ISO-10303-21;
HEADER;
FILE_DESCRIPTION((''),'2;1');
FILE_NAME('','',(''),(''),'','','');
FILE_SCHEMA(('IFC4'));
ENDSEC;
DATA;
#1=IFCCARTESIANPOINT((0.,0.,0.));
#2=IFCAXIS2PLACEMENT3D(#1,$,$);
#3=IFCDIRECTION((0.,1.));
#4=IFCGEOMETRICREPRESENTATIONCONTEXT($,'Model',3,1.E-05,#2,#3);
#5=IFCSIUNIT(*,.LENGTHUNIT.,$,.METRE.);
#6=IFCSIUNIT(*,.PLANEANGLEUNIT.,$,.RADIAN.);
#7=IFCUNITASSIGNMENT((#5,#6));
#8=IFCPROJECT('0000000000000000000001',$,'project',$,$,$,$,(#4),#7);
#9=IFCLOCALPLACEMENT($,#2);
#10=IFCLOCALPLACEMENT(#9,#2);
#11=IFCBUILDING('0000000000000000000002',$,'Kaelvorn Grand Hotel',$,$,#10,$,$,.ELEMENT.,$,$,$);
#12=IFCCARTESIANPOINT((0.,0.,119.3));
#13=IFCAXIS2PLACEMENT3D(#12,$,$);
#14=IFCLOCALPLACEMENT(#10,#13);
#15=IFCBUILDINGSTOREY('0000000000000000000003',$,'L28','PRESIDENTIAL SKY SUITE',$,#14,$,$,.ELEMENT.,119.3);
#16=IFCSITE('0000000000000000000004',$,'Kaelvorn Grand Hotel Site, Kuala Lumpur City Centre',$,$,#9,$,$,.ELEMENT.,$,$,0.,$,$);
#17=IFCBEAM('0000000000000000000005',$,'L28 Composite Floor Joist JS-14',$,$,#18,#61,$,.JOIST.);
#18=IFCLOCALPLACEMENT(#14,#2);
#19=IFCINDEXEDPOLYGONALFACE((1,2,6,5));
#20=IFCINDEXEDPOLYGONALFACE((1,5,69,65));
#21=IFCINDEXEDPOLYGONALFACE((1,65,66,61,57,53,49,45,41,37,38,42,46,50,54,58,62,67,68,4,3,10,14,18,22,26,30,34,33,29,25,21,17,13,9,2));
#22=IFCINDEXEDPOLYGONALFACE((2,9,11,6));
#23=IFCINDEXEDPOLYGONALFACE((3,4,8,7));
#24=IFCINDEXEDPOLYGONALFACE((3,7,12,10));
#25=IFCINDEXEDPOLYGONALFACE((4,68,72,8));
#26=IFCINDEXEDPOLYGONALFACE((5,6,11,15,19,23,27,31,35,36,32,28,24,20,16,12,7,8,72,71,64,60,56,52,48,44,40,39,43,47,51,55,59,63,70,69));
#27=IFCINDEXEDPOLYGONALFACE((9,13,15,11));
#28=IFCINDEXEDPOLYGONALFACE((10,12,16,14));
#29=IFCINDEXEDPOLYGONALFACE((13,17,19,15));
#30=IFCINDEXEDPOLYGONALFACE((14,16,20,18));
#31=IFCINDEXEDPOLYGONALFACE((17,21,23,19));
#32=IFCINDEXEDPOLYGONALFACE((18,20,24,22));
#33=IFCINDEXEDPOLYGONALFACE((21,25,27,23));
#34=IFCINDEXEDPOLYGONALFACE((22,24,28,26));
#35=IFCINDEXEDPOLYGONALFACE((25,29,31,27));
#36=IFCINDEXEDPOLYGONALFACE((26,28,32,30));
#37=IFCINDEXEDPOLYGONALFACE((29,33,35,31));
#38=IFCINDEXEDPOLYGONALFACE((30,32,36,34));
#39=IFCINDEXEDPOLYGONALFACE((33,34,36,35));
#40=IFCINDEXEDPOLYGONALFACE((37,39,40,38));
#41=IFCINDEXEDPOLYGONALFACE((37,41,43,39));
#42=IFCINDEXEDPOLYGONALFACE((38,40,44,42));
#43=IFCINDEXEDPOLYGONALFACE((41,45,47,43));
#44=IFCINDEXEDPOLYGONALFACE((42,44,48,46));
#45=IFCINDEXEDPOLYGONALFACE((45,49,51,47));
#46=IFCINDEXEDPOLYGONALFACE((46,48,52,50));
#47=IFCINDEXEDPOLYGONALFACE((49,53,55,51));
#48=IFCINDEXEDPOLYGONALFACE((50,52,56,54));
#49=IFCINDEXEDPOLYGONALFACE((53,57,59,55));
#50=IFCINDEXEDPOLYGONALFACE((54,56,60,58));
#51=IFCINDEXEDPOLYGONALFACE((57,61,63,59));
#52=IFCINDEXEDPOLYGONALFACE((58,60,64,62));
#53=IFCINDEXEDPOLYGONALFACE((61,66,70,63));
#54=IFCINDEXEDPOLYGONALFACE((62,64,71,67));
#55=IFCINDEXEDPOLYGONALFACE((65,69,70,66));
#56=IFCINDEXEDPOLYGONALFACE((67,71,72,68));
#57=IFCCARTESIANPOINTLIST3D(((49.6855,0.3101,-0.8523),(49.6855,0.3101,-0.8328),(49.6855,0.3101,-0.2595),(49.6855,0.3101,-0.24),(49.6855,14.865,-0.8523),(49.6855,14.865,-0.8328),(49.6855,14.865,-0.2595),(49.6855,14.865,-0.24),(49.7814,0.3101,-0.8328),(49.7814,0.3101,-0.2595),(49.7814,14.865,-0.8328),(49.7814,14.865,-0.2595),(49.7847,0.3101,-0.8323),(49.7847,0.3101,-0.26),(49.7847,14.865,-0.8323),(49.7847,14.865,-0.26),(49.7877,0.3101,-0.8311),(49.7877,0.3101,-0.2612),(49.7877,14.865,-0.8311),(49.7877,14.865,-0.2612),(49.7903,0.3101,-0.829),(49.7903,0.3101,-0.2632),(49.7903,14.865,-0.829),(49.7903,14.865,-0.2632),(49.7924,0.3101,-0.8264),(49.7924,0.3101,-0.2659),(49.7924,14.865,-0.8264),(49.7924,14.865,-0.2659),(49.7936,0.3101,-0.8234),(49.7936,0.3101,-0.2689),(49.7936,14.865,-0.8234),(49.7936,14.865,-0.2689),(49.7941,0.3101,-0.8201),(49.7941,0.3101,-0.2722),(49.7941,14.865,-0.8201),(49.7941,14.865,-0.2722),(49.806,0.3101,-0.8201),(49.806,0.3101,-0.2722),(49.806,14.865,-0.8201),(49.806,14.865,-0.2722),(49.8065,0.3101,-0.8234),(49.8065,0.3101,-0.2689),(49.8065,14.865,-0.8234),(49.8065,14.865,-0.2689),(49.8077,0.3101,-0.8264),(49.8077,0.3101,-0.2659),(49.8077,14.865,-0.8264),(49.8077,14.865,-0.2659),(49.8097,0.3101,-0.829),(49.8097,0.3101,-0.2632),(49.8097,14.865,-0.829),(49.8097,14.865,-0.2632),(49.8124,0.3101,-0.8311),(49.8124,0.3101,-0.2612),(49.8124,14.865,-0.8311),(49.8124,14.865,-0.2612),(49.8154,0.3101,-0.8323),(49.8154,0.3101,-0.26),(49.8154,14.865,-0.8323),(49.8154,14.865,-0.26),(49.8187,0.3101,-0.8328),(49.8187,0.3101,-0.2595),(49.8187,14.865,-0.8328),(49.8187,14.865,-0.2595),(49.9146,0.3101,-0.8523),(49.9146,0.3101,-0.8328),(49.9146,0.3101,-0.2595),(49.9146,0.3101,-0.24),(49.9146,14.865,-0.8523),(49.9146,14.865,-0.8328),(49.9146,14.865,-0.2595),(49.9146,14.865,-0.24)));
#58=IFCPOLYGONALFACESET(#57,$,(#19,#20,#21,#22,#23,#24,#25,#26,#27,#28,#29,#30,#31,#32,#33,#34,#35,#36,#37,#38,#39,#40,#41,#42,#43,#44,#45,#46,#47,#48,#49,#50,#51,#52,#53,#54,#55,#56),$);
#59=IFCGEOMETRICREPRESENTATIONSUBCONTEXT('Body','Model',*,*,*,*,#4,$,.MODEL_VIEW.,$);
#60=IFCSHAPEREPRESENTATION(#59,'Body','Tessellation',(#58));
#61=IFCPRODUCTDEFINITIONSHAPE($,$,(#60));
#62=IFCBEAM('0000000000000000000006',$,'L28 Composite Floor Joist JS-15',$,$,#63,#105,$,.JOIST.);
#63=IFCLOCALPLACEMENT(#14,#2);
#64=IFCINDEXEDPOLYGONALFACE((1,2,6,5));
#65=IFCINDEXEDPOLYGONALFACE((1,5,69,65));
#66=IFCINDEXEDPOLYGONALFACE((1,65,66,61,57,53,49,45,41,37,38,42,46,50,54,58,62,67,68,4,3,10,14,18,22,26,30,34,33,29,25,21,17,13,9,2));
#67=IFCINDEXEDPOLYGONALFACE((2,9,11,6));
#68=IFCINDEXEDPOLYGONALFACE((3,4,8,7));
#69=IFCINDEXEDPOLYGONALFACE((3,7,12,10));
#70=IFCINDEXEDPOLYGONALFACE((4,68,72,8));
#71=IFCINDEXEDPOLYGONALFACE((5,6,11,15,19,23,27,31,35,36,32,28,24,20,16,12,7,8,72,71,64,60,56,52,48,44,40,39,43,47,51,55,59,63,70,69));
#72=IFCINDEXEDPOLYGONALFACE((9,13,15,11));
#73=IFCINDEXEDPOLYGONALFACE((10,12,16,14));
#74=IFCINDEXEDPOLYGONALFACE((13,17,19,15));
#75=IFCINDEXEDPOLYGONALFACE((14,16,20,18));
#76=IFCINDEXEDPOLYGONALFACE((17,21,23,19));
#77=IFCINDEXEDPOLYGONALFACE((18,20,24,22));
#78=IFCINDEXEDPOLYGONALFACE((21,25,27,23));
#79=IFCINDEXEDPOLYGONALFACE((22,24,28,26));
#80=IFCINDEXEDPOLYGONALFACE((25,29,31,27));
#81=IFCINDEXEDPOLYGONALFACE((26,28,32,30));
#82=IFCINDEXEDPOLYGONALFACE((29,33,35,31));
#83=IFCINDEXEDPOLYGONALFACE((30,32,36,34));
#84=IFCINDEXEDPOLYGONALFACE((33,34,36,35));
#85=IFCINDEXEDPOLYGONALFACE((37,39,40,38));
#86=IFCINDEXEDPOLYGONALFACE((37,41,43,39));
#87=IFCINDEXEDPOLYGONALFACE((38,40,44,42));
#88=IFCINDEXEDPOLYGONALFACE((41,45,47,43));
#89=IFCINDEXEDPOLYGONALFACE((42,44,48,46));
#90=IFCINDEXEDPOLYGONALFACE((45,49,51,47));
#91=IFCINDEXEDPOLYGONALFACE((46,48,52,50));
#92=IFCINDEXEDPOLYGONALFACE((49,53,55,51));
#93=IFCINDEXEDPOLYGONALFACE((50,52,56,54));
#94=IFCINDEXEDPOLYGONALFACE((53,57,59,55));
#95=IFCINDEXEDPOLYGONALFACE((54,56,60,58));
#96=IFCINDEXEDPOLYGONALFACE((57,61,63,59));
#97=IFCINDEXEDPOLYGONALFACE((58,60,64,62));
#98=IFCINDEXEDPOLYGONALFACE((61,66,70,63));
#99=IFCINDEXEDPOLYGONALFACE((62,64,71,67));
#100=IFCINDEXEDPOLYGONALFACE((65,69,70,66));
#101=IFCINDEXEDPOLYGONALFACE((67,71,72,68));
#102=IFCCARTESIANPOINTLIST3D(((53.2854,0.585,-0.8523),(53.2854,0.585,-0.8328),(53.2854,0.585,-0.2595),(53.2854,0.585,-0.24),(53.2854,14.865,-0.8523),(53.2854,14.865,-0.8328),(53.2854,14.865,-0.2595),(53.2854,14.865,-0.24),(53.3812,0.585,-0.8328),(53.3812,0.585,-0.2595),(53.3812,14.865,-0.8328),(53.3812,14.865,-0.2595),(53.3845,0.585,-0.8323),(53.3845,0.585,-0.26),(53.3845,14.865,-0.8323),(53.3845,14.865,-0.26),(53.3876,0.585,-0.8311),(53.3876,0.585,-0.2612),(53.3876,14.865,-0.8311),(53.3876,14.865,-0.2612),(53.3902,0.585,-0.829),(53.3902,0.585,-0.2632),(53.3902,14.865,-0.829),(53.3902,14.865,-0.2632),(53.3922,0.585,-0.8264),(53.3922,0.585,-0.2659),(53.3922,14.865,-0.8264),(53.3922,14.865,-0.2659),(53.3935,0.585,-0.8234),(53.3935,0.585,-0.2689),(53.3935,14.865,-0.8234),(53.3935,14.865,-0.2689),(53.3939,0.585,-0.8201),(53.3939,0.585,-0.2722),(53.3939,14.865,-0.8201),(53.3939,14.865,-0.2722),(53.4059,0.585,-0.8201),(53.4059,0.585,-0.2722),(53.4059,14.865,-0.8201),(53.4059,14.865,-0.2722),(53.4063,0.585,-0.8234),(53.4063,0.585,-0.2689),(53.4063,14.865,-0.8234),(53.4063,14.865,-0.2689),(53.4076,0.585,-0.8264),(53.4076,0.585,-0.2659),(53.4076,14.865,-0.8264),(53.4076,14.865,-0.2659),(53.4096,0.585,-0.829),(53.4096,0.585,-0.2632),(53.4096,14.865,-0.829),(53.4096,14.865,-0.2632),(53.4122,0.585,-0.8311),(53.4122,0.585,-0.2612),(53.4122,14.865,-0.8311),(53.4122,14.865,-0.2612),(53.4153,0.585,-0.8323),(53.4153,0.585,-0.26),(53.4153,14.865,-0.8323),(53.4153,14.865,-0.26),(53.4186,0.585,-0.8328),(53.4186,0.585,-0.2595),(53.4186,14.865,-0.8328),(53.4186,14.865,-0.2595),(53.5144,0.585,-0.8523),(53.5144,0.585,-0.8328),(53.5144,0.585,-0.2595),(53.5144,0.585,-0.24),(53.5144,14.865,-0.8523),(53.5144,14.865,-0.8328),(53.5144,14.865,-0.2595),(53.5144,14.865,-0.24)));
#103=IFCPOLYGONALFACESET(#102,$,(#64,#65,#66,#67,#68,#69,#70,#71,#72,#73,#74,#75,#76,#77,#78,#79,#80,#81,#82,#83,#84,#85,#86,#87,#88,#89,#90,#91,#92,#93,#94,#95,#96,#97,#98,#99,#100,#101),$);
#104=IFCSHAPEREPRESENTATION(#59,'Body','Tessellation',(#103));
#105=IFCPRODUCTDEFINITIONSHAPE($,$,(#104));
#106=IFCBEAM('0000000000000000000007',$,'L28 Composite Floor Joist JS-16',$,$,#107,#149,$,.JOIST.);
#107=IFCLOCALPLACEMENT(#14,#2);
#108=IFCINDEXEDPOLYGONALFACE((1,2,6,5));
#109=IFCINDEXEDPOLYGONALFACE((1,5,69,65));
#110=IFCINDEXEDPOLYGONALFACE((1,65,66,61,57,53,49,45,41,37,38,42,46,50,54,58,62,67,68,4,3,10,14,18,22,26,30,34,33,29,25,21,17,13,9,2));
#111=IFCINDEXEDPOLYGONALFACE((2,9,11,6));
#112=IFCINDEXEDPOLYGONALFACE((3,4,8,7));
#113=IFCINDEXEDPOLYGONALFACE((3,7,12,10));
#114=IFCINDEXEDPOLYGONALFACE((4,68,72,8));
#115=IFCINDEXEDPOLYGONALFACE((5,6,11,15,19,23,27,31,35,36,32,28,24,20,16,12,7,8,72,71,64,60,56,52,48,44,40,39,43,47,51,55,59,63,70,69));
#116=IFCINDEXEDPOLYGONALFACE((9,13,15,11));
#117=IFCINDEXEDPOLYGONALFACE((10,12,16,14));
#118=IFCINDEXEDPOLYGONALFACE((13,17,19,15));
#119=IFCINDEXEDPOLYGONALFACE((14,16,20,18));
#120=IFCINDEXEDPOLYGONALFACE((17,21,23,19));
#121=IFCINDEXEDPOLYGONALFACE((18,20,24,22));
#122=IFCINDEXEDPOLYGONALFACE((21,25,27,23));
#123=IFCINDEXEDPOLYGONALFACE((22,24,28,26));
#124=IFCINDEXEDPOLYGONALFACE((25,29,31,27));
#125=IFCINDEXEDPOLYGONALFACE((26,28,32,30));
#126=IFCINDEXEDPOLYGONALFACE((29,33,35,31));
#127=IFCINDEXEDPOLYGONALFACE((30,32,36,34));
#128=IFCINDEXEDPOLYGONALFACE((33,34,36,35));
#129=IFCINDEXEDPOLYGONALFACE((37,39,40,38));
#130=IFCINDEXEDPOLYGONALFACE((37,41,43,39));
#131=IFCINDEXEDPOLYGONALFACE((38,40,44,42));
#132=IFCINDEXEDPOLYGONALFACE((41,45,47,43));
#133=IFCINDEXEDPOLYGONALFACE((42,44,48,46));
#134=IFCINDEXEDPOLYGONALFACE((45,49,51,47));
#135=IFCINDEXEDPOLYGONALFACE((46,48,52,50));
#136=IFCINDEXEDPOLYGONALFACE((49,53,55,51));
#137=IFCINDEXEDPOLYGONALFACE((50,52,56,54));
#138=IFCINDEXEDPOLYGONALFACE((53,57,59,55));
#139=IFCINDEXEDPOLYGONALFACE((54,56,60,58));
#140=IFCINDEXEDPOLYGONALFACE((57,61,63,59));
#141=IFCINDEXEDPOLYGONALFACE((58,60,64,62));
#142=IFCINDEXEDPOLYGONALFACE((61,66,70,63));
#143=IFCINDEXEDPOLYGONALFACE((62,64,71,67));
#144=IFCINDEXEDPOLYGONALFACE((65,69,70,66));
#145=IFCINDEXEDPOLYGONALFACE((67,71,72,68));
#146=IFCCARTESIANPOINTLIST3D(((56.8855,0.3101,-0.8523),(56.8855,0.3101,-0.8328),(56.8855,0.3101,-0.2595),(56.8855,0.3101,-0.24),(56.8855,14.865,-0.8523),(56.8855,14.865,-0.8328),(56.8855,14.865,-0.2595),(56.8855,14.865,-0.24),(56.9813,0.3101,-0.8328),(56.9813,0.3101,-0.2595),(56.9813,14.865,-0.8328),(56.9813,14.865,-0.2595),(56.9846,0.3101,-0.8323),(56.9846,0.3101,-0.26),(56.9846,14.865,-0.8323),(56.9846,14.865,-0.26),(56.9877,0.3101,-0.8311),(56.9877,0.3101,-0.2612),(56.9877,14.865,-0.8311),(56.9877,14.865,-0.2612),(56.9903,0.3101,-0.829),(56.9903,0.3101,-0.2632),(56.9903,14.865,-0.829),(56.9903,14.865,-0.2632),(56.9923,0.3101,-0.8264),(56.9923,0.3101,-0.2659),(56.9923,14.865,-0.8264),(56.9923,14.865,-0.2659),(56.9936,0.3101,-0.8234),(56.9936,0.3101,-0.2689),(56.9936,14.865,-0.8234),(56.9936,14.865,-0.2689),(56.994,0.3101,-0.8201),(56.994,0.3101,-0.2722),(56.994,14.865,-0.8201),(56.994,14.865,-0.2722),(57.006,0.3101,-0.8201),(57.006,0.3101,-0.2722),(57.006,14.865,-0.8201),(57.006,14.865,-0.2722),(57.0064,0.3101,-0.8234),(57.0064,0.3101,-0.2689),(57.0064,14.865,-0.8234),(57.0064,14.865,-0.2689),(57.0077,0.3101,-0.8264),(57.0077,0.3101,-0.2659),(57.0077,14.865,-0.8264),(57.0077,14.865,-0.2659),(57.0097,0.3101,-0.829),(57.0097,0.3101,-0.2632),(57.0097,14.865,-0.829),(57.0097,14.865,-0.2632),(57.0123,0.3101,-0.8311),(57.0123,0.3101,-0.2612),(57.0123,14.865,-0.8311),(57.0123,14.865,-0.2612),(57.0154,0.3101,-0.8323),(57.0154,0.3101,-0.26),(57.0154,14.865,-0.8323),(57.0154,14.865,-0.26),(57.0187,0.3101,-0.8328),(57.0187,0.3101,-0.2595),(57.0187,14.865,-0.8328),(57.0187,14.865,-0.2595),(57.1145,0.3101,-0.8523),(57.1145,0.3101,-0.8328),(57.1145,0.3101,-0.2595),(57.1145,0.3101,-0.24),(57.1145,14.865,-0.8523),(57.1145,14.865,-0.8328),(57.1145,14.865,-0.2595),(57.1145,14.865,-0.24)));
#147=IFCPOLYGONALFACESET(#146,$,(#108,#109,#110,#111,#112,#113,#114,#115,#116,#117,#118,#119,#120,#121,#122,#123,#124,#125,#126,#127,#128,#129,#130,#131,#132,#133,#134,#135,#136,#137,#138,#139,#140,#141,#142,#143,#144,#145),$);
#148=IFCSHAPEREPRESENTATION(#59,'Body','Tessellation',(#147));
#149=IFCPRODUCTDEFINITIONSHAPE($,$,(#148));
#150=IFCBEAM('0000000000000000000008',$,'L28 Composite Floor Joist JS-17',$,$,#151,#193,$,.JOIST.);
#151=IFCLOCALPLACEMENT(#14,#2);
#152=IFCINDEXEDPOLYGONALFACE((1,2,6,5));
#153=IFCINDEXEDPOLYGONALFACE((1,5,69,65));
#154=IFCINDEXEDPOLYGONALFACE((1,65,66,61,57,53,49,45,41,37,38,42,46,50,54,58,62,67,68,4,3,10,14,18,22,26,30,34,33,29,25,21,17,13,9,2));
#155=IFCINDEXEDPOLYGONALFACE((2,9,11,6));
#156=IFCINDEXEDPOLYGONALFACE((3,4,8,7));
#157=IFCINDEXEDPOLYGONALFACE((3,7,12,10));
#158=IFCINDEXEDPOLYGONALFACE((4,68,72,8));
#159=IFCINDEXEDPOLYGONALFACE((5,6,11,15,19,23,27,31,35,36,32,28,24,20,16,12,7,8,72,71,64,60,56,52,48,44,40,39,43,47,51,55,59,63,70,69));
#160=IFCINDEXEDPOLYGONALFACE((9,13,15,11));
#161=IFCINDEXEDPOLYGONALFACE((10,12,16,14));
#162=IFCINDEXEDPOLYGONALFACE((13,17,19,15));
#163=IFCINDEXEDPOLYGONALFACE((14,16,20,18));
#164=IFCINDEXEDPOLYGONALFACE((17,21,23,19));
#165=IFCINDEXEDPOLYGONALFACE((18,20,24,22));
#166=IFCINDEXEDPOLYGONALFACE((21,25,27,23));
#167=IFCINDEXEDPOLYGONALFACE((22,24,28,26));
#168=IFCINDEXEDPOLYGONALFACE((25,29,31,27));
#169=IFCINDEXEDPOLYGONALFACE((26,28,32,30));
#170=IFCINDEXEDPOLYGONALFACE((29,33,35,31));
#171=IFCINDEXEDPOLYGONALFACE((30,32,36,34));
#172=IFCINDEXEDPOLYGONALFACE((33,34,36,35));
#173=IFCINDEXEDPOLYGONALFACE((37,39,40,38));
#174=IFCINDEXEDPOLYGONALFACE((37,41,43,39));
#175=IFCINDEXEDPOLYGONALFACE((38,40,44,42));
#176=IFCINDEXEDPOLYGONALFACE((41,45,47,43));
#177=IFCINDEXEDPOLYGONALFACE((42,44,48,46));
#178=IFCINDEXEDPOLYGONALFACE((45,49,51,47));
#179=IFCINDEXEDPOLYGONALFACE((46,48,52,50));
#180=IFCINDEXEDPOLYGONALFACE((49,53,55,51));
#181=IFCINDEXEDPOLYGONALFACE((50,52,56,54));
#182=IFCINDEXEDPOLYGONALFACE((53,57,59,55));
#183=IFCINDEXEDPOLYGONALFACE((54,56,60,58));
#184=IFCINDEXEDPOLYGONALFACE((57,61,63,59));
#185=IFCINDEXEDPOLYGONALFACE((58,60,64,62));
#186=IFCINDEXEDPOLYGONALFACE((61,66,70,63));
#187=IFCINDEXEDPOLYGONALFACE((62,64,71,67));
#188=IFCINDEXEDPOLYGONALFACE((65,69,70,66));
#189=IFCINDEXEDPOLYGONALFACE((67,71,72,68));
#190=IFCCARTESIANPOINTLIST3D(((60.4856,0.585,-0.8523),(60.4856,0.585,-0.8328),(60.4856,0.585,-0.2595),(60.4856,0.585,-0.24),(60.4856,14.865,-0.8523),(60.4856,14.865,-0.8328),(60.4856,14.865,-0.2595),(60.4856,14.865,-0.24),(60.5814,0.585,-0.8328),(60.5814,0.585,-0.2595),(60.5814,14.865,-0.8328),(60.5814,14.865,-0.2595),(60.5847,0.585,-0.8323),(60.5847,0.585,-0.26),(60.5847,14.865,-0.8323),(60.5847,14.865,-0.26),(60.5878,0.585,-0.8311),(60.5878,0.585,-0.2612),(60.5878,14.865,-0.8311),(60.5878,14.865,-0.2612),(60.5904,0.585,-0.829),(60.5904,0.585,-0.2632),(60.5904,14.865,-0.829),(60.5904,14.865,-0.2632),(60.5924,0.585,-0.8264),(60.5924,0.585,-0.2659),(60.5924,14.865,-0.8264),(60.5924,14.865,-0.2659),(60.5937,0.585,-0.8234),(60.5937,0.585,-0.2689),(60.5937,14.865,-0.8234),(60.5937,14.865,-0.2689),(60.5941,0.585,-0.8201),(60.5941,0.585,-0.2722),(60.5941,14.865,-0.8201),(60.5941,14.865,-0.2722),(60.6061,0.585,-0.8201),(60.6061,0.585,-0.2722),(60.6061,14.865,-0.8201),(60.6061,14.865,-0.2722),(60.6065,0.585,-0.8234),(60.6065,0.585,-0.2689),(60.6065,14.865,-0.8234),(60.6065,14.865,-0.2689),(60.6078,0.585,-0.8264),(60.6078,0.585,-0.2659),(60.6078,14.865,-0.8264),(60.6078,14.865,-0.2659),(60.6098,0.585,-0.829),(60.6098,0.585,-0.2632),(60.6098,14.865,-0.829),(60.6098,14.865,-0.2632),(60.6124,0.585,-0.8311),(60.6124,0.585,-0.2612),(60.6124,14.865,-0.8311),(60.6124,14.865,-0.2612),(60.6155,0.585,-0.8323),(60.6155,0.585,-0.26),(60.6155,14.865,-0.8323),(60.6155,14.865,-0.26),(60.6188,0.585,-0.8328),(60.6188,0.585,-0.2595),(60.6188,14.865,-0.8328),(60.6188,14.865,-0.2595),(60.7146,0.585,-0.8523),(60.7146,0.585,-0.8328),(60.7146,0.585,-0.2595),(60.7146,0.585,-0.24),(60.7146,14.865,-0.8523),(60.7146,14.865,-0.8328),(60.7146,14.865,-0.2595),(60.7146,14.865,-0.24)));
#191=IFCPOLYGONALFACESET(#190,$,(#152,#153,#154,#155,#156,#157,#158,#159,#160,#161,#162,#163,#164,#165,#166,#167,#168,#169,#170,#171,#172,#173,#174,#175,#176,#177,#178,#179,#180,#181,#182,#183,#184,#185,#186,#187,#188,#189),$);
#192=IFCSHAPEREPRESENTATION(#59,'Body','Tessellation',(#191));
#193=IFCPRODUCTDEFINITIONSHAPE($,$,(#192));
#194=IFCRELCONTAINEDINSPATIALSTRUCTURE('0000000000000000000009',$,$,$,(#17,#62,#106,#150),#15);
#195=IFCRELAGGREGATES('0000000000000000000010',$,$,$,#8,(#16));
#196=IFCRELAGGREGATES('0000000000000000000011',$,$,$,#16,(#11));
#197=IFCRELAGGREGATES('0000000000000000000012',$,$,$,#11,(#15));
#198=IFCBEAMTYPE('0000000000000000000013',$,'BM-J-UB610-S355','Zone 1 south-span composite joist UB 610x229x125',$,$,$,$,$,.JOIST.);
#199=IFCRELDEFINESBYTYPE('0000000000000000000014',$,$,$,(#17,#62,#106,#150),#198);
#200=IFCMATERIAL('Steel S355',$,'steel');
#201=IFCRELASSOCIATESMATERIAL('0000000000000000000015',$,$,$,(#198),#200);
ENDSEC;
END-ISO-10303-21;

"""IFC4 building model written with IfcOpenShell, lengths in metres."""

from ifc_helpers import new_model, si_unit, direction, frame, origin, origin_2d, place, context, subcontext, project, spatial, i_section, extrude, material, material_profile, profile_set, type_object, element, save


model = new_model("IFC4")

# Units and contexts
model_context = context("Model", 3, precision=1e-05, world=origin(), true_north=direction((0.0, 1.0)))
body_context = subcontext(model_context, "Body", "Model", "MODEL_VIEW")
ifc_project = project(units=[si_unit("LENGTHUNIT", "METRE"), si_unit("PLANEANGLEUNIT", "RADIAN")], contexts=[model_context])

# Site, building, storey
site_placement = place(None, origin())
site = spatial("IfcSite", under=ifc_project, at=site_placement, Name="Kaelvorn Grand Hotel Site, Kuala Lumpur City Centre", CompositionType="ELEMENT", RefElevation=0.0)
building_placement = place(site_placement, origin())
building = spatial("IfcBuilding", under=site, at=building_placement, Name="Kaelvorn Grand Hotel", CompositionType="ELEMENT")
storey_placement = place(building_placement, frame((0.0, 0.0, 119.3)))
storey = spatial("IfcBuildingStorey", under=building, at=storey_placement, Name="L28", Description="PRESIDENTIAL SKY SUITE", CompositionType="ELEMENT", Elevation=119.3)

# Beams
ifc_material_1 = material(Name="Steel S355", Category="steel")
ifc_material_profile_1 = material_profile(ifc_material_1, i_section(OverallWidth=0.229, OverallDepth=0.6123, WebThickness=0.012, FlangeThickness=0.0195, FilletRadius=0.0127, at=origin_2d()), Name="UB 610x229x125")
ifc_profile_set_1 = profile_set([ifc_material_profile_1], Name="Steel S355")
beam_type_1 = type_object("IfcBeamType", Name="BM-J-UB610-S355", Description="Zone 1 south-span composite joist UB 610x229x125", PredefinedType="JOIST", material=ifc_profile_set_1)
beam_1_placement = place(storey_placement, frame((49.8, 0.3101, -0.5461), z_axis=(0.0, 1.0, 0.0), x_axis=(-1.0, 0.0, 0.0)))
element("IfcBeam", 1, at=beam_1_placement, inside=storey, type_object=beam_type_1, Name="L28 Composite Floor Joist JS-14", PredefinedType="JOIST", context=body_context, shape_type="SweptSolid", body=[
    extrude(i_section(OverallWidth=0.229, OverallDepth=0.6123, WebThickness=0.012, FlangeThickness=0.0195, FilletRadius=0.0127, at=origin_2d()), origin(), (0.0, 0.0, 1.0), 14.5549),
])
beam_2_placement = place(storey_placement, frame((53.3999, 0.585, -0.5461), z_axis=(0.0, 1.0, 0.0), x_axis=(-1.0, 0.0, 0.0)))
element("IfcBeam", 2, at=beam_2_placement, inside=storey, type_object=beam_type_1, Name="L28 Composite Floor Joist JS-15", PredefinedType="JOIST", context=body_context, shape_type="SweptSolid", body=[
    extrude(i_section(OverallWidth=0.229, OverallDepth=0.6123, WebThickness=0.012, FlangeThickness=0.0195, FilletRadius=0.0127, at=origin_2d()), origin(), (0.0, 0.0, 1.0), 14.28),
])
beam_3_placement = place(storey_placement, frame((57.0, 0.3101, -0.5461), z_axis=(0.0, 1.0, 0.0), x_axis=(-1.0, 0.0, 0.0)))
element("IfcBeam", 3, at=beam_3_placement, inside=storey, type_object=beam_type_1, Name="L28 Composite Floor Joist JS-16", PredefinedType="JOIST", context=body_context, shape_type="SweptSolid", body=[
    extrude(i_section(OverallWidth=0.229, OverallDepth=0.6123, WebThickness=0.012, FlangeThickness=0.0195, FilletRadius=0.0127, at=origin_2d()), origin(), (0.0, 0.0, 1.0), 14.5549),
])
beam_4_placement = place(storey_placement, frame((60.6001, 0.585, -0.5461), z_axis=(0.0, 1.0, 0.0), x_axis=(-1.0, 0.0, 0.0)))
element("IfcBeam", 4, at=beam_4_placement, inside=storey, type_object=beam_type_1, Name="L28 Composite Floor Joist JS-17", PredefinedType="JOIST", context=body_context, shape_type="SweptSolid", body=[
    extrude(i_section(OverallWidth=0.229, OverallDepth=0.6123, WebThickness=0.012, FlangeThickness=0.0195, FilletRadius=0.0127, at=origin_2d()), origin(), (0.0, 0.0, 1.0), 14.28),
])

save(model, "model.ifc")
